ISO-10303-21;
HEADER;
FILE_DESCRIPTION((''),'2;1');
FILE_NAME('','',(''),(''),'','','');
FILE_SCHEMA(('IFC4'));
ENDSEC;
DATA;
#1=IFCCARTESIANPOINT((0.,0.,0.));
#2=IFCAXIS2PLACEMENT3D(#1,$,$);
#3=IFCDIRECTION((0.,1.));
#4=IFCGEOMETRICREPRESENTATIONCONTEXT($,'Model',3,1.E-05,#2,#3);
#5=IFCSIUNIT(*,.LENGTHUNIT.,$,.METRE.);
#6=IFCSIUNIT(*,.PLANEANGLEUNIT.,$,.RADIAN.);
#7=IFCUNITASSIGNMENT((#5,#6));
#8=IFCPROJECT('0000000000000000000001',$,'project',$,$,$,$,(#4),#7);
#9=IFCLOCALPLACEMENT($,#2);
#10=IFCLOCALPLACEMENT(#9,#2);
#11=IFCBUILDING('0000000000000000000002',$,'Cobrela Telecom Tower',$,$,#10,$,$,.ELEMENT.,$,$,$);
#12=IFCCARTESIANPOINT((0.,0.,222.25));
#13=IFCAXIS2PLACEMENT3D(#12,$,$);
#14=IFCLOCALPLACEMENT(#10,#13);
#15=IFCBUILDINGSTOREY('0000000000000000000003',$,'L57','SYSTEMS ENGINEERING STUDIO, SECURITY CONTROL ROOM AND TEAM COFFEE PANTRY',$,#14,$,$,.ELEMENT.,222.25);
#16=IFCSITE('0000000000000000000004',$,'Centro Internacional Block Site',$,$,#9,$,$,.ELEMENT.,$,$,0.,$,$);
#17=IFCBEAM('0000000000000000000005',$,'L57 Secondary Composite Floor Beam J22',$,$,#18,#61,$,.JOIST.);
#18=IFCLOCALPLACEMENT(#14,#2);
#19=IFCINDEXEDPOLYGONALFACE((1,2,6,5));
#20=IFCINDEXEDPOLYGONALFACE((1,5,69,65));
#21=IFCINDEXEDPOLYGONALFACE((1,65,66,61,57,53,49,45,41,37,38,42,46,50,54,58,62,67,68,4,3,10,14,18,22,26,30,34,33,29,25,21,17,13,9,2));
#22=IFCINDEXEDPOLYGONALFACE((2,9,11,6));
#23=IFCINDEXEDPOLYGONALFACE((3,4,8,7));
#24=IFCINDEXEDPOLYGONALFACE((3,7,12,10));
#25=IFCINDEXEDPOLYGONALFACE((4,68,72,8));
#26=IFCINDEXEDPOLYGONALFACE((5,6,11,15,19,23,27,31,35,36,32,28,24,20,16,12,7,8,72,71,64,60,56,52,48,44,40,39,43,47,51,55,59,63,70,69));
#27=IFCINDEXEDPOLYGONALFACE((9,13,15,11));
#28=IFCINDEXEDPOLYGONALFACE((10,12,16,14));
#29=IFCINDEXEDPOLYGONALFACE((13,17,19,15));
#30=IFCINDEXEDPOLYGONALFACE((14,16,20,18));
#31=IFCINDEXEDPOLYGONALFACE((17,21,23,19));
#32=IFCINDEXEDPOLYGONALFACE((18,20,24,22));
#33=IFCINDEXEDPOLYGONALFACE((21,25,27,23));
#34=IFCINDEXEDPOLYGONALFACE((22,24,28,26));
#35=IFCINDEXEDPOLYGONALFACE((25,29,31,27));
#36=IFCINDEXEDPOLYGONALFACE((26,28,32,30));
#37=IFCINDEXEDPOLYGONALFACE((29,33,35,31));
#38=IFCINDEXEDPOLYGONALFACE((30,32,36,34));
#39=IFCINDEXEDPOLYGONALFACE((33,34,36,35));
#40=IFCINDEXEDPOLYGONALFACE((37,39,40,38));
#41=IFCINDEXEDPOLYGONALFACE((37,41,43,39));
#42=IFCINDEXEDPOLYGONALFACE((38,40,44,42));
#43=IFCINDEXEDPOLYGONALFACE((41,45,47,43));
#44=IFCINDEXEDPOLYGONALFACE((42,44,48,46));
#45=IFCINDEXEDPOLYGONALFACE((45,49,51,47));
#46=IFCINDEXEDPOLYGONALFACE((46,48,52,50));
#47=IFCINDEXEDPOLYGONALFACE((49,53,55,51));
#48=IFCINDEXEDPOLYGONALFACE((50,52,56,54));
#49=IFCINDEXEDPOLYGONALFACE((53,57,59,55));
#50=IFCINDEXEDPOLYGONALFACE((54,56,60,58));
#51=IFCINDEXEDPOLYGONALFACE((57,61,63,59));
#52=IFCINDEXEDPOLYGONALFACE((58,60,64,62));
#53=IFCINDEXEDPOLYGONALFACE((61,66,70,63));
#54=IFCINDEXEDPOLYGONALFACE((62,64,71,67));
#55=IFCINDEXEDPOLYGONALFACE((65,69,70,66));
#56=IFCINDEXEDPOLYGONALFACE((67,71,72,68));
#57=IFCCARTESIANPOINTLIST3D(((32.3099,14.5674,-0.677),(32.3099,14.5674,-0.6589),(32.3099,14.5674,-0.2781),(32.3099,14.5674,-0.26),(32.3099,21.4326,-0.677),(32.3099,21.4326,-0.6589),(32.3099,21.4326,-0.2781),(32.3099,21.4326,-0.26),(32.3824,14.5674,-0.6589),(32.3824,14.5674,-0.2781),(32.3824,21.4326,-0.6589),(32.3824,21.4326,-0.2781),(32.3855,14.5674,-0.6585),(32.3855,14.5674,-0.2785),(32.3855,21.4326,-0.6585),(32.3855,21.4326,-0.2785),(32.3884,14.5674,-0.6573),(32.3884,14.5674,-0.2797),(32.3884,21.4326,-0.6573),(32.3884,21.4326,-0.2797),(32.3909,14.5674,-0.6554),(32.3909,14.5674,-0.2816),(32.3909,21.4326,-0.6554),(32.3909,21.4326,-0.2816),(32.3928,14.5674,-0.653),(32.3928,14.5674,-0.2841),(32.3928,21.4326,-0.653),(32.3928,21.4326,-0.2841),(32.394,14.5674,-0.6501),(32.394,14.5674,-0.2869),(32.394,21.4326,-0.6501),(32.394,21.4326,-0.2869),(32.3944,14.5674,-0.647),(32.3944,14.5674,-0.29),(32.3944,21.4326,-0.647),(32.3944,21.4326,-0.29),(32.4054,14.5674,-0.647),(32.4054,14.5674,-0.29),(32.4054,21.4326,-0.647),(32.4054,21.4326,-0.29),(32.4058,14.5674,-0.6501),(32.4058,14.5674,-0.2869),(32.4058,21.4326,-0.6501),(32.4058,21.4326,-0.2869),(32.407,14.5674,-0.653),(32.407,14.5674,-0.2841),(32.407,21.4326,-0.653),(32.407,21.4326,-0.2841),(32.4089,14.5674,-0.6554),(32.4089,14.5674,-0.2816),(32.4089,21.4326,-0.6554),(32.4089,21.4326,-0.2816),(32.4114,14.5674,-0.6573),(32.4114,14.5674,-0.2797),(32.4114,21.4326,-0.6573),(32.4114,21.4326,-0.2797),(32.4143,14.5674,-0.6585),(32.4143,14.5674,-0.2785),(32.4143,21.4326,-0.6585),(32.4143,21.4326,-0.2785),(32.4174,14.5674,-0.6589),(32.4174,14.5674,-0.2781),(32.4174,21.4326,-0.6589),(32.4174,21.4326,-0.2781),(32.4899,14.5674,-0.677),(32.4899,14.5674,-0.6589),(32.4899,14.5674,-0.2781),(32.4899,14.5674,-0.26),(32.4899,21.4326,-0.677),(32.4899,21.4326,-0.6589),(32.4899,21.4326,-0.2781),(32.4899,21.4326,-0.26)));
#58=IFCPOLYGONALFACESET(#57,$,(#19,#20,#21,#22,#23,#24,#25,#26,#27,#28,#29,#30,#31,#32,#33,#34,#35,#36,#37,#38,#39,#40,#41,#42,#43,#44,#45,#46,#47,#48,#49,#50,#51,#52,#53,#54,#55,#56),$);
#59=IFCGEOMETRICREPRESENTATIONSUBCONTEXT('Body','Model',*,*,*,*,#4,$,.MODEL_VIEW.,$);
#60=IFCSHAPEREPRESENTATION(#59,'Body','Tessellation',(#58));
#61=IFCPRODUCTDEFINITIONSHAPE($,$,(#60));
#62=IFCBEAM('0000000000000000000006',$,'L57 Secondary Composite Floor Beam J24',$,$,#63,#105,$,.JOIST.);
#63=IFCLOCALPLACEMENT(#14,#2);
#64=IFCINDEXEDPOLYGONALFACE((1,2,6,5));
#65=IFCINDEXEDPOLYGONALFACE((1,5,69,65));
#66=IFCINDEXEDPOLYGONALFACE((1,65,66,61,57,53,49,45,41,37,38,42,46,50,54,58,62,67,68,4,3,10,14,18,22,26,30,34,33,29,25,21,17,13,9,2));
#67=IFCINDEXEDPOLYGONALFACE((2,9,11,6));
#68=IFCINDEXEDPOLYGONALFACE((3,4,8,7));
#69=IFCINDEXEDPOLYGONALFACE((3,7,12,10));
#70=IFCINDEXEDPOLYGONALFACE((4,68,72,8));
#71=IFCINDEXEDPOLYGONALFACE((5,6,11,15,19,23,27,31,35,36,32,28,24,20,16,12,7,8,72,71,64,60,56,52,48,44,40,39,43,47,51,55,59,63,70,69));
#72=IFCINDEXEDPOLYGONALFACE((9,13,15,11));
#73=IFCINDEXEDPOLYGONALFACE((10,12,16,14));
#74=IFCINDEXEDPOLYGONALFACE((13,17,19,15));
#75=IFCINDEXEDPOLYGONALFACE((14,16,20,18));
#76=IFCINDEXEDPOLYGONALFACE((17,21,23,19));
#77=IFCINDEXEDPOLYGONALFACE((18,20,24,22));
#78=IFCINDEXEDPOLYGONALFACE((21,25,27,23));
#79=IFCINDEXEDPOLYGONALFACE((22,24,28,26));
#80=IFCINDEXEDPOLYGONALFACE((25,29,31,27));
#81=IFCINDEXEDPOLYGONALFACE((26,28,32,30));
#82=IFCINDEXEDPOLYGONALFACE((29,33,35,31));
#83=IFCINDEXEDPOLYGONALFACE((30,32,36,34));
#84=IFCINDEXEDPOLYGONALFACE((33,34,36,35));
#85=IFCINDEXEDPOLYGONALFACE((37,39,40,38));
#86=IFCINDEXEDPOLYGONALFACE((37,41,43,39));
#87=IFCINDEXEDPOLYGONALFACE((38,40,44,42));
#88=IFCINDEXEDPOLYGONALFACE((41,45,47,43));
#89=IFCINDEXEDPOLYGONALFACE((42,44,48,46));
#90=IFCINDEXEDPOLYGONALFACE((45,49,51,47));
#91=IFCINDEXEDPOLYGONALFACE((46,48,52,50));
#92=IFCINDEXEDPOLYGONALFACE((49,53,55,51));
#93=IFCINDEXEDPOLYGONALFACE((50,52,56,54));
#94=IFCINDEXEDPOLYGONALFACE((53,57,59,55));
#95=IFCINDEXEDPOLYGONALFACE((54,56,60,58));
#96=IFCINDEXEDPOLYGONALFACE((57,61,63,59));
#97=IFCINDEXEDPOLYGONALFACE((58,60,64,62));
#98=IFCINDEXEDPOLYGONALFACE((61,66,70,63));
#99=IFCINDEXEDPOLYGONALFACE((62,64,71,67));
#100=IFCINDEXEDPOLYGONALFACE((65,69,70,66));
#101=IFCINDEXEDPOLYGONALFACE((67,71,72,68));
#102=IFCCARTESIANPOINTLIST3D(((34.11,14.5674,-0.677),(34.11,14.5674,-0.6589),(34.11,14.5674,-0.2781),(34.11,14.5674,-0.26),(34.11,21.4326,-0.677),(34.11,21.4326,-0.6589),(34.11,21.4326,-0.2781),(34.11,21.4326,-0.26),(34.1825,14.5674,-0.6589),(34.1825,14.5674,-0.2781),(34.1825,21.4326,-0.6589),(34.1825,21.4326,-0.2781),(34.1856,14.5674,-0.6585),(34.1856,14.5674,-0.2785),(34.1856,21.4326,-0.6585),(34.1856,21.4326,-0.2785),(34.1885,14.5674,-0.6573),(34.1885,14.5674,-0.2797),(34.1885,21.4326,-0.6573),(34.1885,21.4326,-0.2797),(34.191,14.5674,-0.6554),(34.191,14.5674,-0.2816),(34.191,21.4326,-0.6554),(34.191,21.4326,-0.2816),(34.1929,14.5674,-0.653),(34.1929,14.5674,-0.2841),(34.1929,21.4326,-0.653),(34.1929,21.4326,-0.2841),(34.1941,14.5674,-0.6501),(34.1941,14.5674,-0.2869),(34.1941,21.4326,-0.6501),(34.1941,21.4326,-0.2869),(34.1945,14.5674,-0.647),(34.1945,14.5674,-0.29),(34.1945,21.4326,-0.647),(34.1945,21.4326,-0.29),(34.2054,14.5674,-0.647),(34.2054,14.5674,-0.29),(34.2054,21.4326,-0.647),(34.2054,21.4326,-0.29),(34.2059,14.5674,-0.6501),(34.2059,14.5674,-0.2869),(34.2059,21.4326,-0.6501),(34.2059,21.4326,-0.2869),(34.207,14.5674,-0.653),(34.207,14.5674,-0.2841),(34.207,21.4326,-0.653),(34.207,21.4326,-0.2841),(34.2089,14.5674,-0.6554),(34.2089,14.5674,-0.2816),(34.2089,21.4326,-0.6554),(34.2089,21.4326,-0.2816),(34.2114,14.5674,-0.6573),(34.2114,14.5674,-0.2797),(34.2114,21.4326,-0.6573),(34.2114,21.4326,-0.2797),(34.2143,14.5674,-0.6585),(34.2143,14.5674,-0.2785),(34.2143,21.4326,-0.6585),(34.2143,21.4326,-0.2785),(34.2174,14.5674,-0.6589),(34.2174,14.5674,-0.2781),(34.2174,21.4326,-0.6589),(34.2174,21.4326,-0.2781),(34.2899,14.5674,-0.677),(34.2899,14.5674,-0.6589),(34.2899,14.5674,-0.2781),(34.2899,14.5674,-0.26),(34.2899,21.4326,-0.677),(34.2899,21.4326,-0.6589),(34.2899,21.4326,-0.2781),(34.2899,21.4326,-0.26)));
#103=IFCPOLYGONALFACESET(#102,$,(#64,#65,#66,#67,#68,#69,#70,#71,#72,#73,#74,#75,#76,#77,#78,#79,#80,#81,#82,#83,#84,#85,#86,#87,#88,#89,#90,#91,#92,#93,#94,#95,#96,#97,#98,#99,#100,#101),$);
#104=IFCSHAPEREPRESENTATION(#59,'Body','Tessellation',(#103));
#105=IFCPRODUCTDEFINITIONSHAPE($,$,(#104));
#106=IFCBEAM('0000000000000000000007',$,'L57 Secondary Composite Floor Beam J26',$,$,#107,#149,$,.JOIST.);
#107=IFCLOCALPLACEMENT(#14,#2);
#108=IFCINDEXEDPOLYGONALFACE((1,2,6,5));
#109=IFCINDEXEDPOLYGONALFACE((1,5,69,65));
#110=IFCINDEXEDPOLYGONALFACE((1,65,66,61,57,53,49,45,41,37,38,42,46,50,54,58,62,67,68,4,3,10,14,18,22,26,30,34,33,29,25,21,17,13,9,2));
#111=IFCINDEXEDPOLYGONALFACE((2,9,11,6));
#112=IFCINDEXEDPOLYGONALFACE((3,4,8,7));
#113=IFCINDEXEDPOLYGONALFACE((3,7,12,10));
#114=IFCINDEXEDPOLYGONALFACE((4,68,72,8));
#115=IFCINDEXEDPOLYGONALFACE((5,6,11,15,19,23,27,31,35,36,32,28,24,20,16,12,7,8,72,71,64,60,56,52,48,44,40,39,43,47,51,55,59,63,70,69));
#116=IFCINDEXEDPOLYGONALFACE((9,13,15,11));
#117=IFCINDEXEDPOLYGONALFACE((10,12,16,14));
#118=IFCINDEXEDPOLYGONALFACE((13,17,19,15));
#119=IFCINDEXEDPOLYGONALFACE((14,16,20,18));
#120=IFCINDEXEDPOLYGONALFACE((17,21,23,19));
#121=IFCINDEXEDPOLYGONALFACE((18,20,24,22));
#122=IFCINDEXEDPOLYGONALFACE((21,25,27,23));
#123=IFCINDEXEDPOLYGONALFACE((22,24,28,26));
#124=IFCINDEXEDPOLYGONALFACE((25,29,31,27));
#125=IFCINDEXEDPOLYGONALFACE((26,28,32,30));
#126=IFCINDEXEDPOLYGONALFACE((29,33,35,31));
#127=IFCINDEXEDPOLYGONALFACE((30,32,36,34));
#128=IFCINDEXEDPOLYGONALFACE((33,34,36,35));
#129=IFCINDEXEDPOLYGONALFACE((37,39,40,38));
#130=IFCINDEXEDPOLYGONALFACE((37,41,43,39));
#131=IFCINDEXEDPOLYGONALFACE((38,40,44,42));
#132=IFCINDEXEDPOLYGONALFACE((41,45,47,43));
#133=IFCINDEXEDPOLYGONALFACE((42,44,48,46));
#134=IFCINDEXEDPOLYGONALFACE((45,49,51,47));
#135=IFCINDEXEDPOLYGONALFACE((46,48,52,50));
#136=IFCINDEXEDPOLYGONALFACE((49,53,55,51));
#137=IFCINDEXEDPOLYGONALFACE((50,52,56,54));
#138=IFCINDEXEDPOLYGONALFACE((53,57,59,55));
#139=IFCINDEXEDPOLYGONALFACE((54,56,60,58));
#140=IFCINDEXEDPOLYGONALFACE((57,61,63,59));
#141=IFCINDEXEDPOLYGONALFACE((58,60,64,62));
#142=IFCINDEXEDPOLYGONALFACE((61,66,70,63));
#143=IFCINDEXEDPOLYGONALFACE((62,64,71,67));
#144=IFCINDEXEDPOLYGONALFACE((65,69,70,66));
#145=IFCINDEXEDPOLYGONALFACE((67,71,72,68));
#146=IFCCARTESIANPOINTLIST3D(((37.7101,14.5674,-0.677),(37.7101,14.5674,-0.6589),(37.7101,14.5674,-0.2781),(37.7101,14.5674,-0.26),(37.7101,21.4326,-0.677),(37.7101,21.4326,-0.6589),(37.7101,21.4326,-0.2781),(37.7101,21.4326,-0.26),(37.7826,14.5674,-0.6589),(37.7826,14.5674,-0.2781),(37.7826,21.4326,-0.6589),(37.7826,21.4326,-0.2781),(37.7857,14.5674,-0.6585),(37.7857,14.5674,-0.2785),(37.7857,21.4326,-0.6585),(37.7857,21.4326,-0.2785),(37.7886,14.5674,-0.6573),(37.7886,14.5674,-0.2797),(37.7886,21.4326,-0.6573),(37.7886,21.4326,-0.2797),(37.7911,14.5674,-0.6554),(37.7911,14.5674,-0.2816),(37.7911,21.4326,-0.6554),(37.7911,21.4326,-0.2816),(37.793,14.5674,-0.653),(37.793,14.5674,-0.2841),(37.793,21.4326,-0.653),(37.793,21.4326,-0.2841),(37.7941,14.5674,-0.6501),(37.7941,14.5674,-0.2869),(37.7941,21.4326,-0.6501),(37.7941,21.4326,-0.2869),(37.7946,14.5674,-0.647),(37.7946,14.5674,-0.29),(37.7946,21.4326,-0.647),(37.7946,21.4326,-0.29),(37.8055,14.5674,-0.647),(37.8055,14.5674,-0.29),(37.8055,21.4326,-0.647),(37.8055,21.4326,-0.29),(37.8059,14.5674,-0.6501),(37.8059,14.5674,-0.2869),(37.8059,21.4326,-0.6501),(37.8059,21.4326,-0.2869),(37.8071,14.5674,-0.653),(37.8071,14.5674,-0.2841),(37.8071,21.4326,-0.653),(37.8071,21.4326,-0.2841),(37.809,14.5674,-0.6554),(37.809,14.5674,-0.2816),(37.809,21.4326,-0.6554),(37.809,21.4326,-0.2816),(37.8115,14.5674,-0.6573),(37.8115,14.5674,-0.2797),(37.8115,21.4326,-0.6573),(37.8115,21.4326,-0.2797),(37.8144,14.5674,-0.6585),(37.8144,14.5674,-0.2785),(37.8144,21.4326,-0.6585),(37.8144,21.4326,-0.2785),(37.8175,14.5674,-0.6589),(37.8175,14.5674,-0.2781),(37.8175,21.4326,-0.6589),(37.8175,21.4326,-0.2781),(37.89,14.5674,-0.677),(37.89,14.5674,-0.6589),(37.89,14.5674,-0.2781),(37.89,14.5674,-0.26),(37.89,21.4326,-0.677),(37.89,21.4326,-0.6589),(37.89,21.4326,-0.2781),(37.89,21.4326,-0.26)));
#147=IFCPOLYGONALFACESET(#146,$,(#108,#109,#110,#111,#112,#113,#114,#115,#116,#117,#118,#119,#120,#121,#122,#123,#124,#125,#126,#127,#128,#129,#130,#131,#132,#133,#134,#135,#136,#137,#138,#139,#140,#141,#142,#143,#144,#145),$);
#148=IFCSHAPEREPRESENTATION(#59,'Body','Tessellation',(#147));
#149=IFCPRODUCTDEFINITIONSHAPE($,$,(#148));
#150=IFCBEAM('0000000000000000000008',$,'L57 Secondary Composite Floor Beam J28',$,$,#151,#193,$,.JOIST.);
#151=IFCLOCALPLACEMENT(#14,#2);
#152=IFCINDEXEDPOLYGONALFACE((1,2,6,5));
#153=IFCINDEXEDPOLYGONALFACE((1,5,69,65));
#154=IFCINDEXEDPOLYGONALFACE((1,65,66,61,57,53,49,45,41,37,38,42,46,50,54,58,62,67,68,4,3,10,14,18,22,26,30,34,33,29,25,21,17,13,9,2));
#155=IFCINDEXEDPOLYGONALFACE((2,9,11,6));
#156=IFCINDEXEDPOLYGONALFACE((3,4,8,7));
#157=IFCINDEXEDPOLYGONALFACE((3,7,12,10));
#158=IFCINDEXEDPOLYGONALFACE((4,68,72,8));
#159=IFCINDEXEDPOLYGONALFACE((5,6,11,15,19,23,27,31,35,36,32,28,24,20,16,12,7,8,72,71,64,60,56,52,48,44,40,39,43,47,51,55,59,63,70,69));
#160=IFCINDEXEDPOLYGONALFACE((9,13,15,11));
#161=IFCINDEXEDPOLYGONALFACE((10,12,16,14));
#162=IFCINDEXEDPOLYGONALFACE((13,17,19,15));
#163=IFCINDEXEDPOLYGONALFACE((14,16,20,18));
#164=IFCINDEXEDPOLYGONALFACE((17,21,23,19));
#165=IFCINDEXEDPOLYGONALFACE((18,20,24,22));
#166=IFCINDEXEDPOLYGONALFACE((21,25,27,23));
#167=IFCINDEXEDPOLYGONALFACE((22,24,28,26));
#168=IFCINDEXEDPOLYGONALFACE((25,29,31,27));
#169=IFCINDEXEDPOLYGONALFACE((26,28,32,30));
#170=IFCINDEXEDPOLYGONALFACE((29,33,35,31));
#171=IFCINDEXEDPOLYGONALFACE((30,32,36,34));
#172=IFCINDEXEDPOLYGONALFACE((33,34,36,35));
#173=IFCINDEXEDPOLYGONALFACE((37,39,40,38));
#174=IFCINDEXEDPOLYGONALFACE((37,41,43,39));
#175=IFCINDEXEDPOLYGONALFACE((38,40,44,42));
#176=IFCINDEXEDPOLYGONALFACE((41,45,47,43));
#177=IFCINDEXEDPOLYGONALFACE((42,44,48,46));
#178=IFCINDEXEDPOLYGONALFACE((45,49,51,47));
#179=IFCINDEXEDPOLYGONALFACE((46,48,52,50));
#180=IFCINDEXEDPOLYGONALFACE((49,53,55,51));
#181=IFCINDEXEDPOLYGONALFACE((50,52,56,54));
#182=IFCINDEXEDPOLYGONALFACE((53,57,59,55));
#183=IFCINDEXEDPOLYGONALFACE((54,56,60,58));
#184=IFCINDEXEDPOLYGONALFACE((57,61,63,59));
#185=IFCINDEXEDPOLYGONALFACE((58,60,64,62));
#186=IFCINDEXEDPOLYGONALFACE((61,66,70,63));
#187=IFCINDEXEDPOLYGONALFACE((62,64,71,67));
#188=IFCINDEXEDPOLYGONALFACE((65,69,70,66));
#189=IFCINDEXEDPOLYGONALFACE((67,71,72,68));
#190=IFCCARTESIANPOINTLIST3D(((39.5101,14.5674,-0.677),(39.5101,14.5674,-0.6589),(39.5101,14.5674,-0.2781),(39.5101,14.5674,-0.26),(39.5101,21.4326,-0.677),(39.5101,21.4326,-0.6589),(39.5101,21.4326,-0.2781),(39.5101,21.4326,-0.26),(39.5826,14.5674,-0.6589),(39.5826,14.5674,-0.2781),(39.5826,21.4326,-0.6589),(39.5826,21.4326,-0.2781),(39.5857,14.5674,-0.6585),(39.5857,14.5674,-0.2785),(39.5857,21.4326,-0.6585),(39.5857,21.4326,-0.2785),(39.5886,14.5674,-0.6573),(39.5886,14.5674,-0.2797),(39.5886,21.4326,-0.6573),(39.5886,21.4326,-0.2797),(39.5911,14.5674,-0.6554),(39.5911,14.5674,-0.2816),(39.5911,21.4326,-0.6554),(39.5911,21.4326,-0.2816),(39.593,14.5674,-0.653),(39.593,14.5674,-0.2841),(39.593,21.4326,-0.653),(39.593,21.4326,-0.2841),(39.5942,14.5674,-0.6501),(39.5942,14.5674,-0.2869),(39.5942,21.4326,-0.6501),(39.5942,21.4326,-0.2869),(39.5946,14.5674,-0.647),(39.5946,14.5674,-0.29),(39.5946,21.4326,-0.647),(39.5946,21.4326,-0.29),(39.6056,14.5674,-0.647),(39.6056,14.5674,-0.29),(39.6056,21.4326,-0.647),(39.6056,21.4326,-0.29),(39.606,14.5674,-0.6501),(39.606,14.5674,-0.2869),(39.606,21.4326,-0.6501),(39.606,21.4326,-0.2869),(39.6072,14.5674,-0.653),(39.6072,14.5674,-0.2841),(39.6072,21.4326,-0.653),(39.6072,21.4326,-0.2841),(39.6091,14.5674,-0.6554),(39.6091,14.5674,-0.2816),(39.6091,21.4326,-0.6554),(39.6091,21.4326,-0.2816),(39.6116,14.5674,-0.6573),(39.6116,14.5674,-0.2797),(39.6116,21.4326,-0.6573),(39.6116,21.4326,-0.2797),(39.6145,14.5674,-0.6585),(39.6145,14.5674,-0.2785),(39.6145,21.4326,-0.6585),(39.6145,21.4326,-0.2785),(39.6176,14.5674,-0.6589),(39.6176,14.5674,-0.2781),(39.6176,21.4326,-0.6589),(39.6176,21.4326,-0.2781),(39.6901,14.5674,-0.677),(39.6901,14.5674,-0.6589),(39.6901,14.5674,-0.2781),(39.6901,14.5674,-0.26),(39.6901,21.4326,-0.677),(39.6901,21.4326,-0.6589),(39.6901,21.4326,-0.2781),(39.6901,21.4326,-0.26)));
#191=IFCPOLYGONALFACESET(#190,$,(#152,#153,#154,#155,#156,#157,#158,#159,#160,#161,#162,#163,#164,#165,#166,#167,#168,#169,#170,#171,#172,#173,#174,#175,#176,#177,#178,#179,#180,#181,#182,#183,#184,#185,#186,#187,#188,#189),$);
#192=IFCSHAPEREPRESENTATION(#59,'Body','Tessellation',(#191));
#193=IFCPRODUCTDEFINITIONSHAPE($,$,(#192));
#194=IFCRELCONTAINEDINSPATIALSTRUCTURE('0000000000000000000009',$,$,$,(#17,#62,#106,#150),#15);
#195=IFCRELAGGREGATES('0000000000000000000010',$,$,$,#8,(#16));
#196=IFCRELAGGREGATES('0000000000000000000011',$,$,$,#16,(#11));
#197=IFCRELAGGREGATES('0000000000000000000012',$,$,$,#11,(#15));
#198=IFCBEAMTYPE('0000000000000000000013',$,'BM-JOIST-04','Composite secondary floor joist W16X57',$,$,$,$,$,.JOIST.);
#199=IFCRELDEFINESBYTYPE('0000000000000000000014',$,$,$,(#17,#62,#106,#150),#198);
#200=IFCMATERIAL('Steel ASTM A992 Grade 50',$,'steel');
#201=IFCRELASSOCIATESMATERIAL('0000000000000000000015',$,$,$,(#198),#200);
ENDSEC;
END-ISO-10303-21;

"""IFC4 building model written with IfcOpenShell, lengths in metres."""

from ifc_helpers import new_model, si_unit, direction, frame, origin, origin_2d, place, context, subcontext, project, spatial, i_section, extrude, material, material_profile, profile_set, type_object, element, save


model = new_model("IFC4")

# Units and contexts
model_context = context("Model", 3, precision=1e-05, world=origin(), true_north=direction((0.0, 1.0)))
body_context = subcontext(model_context, "Body", "Model", "MODEL_VIEW")
ifc_project = project(units=[si_unit("LENGTHUNIT", "METRE"), si_unit("PLANEANGLEUNIT", "RADIAN")], contexts=[model_context])

# Site, building, storey
site_placement = place(None, origin())
site = spatial("IfcSite", under=ifc_project, at=site_placement, Name="Centro Internacional Block Site", CompositionType="ELEMENT", RefElevation=0.0)
building_placement = place(site_placement, origin())
building = spatial("IfcBuilding", under=site, at=building_placement, Name="Cobrela Telecom Tower", CompositionType="ELEMENT")
storey_placement = place(building_placement, frame((0.0, 0.0, 222.25)))
storey = spatial("IfcBuildingStorey", under=building, at=storey_placement, Name="L57", Description="SYSTEMS ENGINEERING STUDIO, SECURITY CONTROL ROOM AND TEAM COFFEE PANTRY", CompositionType="ELEMENT", Elevation=222.25)

# Shared definitions
ifc_material_1 = material(Name="Steel ASTM A992 Grade 50", Category="steel")

# Beams
ifc_material_profile_1 = material_profile(ifc_material_1, i_section(OverallWidth=0.1799, OverallDepth=0.417, WebThickness=0.011, FlangeThickness=0.0181, FilletRadius=0.012, at=origin_2d()), Name="W16X57")
ifc_profile_set_1 = profile_set([ifc_material_profile_1], Name="Steel ASTM A992 Grade 50")
beam_type_1 = type_object("IfcBeamType", Name="BM-JOIST-04", Description="Composite secondary floor joist W16X57", PredefinedType="JOIST", material=ifc_profile_set_1)
for number, where, z_axis, x_axis, name in (
    (1, (32.3999, 14.5674, -0.4685), (0.0, 1.0, 0.0), (-1.0, 0.0, 0.0), "L57 Secondary Composite Floor Beam J22"),
    (2, (34.2, 14.5674, -0.4685), (0.0, 1.0, 0.0), (-1.0, 0.0, 0.0), "L57 Secondary Composite Floor Beam J24"),
    (3, (37.8, 14.5674, -0.4685), (0.0, 1.0, 0.0), (-1.0, 0.0, 0.0), "L57 Secondary Composite Floor Beam J26"),
    (4, (39.6001, 14.5674, -0.4685), (0.0, 1.0, 0.0), (-1.0, 0.0, 0.0), "L57 Secondary Composite Floor Beam J28"),
):
    element("IfcBeam", number, at=place(storey_placement, frame(where, z_axis=z_axis, x_axis=x_axis)), inside=storey, type_object=beam_type_1, Name=name, PredefinedType="JOIST", context=body_context, shape_type="SweptSolid", body=[
        extrude(i_section(OverallWidth=0.1799, OverallDepth=0.417, WebThickness=0.011, FlangeThickness=0.0181, FilletRadius=0.012, at=origin_2d()), origin(), (0.0, 0.0, 1.0), 6.8652),
    ])

save(model, "model.ifc")
